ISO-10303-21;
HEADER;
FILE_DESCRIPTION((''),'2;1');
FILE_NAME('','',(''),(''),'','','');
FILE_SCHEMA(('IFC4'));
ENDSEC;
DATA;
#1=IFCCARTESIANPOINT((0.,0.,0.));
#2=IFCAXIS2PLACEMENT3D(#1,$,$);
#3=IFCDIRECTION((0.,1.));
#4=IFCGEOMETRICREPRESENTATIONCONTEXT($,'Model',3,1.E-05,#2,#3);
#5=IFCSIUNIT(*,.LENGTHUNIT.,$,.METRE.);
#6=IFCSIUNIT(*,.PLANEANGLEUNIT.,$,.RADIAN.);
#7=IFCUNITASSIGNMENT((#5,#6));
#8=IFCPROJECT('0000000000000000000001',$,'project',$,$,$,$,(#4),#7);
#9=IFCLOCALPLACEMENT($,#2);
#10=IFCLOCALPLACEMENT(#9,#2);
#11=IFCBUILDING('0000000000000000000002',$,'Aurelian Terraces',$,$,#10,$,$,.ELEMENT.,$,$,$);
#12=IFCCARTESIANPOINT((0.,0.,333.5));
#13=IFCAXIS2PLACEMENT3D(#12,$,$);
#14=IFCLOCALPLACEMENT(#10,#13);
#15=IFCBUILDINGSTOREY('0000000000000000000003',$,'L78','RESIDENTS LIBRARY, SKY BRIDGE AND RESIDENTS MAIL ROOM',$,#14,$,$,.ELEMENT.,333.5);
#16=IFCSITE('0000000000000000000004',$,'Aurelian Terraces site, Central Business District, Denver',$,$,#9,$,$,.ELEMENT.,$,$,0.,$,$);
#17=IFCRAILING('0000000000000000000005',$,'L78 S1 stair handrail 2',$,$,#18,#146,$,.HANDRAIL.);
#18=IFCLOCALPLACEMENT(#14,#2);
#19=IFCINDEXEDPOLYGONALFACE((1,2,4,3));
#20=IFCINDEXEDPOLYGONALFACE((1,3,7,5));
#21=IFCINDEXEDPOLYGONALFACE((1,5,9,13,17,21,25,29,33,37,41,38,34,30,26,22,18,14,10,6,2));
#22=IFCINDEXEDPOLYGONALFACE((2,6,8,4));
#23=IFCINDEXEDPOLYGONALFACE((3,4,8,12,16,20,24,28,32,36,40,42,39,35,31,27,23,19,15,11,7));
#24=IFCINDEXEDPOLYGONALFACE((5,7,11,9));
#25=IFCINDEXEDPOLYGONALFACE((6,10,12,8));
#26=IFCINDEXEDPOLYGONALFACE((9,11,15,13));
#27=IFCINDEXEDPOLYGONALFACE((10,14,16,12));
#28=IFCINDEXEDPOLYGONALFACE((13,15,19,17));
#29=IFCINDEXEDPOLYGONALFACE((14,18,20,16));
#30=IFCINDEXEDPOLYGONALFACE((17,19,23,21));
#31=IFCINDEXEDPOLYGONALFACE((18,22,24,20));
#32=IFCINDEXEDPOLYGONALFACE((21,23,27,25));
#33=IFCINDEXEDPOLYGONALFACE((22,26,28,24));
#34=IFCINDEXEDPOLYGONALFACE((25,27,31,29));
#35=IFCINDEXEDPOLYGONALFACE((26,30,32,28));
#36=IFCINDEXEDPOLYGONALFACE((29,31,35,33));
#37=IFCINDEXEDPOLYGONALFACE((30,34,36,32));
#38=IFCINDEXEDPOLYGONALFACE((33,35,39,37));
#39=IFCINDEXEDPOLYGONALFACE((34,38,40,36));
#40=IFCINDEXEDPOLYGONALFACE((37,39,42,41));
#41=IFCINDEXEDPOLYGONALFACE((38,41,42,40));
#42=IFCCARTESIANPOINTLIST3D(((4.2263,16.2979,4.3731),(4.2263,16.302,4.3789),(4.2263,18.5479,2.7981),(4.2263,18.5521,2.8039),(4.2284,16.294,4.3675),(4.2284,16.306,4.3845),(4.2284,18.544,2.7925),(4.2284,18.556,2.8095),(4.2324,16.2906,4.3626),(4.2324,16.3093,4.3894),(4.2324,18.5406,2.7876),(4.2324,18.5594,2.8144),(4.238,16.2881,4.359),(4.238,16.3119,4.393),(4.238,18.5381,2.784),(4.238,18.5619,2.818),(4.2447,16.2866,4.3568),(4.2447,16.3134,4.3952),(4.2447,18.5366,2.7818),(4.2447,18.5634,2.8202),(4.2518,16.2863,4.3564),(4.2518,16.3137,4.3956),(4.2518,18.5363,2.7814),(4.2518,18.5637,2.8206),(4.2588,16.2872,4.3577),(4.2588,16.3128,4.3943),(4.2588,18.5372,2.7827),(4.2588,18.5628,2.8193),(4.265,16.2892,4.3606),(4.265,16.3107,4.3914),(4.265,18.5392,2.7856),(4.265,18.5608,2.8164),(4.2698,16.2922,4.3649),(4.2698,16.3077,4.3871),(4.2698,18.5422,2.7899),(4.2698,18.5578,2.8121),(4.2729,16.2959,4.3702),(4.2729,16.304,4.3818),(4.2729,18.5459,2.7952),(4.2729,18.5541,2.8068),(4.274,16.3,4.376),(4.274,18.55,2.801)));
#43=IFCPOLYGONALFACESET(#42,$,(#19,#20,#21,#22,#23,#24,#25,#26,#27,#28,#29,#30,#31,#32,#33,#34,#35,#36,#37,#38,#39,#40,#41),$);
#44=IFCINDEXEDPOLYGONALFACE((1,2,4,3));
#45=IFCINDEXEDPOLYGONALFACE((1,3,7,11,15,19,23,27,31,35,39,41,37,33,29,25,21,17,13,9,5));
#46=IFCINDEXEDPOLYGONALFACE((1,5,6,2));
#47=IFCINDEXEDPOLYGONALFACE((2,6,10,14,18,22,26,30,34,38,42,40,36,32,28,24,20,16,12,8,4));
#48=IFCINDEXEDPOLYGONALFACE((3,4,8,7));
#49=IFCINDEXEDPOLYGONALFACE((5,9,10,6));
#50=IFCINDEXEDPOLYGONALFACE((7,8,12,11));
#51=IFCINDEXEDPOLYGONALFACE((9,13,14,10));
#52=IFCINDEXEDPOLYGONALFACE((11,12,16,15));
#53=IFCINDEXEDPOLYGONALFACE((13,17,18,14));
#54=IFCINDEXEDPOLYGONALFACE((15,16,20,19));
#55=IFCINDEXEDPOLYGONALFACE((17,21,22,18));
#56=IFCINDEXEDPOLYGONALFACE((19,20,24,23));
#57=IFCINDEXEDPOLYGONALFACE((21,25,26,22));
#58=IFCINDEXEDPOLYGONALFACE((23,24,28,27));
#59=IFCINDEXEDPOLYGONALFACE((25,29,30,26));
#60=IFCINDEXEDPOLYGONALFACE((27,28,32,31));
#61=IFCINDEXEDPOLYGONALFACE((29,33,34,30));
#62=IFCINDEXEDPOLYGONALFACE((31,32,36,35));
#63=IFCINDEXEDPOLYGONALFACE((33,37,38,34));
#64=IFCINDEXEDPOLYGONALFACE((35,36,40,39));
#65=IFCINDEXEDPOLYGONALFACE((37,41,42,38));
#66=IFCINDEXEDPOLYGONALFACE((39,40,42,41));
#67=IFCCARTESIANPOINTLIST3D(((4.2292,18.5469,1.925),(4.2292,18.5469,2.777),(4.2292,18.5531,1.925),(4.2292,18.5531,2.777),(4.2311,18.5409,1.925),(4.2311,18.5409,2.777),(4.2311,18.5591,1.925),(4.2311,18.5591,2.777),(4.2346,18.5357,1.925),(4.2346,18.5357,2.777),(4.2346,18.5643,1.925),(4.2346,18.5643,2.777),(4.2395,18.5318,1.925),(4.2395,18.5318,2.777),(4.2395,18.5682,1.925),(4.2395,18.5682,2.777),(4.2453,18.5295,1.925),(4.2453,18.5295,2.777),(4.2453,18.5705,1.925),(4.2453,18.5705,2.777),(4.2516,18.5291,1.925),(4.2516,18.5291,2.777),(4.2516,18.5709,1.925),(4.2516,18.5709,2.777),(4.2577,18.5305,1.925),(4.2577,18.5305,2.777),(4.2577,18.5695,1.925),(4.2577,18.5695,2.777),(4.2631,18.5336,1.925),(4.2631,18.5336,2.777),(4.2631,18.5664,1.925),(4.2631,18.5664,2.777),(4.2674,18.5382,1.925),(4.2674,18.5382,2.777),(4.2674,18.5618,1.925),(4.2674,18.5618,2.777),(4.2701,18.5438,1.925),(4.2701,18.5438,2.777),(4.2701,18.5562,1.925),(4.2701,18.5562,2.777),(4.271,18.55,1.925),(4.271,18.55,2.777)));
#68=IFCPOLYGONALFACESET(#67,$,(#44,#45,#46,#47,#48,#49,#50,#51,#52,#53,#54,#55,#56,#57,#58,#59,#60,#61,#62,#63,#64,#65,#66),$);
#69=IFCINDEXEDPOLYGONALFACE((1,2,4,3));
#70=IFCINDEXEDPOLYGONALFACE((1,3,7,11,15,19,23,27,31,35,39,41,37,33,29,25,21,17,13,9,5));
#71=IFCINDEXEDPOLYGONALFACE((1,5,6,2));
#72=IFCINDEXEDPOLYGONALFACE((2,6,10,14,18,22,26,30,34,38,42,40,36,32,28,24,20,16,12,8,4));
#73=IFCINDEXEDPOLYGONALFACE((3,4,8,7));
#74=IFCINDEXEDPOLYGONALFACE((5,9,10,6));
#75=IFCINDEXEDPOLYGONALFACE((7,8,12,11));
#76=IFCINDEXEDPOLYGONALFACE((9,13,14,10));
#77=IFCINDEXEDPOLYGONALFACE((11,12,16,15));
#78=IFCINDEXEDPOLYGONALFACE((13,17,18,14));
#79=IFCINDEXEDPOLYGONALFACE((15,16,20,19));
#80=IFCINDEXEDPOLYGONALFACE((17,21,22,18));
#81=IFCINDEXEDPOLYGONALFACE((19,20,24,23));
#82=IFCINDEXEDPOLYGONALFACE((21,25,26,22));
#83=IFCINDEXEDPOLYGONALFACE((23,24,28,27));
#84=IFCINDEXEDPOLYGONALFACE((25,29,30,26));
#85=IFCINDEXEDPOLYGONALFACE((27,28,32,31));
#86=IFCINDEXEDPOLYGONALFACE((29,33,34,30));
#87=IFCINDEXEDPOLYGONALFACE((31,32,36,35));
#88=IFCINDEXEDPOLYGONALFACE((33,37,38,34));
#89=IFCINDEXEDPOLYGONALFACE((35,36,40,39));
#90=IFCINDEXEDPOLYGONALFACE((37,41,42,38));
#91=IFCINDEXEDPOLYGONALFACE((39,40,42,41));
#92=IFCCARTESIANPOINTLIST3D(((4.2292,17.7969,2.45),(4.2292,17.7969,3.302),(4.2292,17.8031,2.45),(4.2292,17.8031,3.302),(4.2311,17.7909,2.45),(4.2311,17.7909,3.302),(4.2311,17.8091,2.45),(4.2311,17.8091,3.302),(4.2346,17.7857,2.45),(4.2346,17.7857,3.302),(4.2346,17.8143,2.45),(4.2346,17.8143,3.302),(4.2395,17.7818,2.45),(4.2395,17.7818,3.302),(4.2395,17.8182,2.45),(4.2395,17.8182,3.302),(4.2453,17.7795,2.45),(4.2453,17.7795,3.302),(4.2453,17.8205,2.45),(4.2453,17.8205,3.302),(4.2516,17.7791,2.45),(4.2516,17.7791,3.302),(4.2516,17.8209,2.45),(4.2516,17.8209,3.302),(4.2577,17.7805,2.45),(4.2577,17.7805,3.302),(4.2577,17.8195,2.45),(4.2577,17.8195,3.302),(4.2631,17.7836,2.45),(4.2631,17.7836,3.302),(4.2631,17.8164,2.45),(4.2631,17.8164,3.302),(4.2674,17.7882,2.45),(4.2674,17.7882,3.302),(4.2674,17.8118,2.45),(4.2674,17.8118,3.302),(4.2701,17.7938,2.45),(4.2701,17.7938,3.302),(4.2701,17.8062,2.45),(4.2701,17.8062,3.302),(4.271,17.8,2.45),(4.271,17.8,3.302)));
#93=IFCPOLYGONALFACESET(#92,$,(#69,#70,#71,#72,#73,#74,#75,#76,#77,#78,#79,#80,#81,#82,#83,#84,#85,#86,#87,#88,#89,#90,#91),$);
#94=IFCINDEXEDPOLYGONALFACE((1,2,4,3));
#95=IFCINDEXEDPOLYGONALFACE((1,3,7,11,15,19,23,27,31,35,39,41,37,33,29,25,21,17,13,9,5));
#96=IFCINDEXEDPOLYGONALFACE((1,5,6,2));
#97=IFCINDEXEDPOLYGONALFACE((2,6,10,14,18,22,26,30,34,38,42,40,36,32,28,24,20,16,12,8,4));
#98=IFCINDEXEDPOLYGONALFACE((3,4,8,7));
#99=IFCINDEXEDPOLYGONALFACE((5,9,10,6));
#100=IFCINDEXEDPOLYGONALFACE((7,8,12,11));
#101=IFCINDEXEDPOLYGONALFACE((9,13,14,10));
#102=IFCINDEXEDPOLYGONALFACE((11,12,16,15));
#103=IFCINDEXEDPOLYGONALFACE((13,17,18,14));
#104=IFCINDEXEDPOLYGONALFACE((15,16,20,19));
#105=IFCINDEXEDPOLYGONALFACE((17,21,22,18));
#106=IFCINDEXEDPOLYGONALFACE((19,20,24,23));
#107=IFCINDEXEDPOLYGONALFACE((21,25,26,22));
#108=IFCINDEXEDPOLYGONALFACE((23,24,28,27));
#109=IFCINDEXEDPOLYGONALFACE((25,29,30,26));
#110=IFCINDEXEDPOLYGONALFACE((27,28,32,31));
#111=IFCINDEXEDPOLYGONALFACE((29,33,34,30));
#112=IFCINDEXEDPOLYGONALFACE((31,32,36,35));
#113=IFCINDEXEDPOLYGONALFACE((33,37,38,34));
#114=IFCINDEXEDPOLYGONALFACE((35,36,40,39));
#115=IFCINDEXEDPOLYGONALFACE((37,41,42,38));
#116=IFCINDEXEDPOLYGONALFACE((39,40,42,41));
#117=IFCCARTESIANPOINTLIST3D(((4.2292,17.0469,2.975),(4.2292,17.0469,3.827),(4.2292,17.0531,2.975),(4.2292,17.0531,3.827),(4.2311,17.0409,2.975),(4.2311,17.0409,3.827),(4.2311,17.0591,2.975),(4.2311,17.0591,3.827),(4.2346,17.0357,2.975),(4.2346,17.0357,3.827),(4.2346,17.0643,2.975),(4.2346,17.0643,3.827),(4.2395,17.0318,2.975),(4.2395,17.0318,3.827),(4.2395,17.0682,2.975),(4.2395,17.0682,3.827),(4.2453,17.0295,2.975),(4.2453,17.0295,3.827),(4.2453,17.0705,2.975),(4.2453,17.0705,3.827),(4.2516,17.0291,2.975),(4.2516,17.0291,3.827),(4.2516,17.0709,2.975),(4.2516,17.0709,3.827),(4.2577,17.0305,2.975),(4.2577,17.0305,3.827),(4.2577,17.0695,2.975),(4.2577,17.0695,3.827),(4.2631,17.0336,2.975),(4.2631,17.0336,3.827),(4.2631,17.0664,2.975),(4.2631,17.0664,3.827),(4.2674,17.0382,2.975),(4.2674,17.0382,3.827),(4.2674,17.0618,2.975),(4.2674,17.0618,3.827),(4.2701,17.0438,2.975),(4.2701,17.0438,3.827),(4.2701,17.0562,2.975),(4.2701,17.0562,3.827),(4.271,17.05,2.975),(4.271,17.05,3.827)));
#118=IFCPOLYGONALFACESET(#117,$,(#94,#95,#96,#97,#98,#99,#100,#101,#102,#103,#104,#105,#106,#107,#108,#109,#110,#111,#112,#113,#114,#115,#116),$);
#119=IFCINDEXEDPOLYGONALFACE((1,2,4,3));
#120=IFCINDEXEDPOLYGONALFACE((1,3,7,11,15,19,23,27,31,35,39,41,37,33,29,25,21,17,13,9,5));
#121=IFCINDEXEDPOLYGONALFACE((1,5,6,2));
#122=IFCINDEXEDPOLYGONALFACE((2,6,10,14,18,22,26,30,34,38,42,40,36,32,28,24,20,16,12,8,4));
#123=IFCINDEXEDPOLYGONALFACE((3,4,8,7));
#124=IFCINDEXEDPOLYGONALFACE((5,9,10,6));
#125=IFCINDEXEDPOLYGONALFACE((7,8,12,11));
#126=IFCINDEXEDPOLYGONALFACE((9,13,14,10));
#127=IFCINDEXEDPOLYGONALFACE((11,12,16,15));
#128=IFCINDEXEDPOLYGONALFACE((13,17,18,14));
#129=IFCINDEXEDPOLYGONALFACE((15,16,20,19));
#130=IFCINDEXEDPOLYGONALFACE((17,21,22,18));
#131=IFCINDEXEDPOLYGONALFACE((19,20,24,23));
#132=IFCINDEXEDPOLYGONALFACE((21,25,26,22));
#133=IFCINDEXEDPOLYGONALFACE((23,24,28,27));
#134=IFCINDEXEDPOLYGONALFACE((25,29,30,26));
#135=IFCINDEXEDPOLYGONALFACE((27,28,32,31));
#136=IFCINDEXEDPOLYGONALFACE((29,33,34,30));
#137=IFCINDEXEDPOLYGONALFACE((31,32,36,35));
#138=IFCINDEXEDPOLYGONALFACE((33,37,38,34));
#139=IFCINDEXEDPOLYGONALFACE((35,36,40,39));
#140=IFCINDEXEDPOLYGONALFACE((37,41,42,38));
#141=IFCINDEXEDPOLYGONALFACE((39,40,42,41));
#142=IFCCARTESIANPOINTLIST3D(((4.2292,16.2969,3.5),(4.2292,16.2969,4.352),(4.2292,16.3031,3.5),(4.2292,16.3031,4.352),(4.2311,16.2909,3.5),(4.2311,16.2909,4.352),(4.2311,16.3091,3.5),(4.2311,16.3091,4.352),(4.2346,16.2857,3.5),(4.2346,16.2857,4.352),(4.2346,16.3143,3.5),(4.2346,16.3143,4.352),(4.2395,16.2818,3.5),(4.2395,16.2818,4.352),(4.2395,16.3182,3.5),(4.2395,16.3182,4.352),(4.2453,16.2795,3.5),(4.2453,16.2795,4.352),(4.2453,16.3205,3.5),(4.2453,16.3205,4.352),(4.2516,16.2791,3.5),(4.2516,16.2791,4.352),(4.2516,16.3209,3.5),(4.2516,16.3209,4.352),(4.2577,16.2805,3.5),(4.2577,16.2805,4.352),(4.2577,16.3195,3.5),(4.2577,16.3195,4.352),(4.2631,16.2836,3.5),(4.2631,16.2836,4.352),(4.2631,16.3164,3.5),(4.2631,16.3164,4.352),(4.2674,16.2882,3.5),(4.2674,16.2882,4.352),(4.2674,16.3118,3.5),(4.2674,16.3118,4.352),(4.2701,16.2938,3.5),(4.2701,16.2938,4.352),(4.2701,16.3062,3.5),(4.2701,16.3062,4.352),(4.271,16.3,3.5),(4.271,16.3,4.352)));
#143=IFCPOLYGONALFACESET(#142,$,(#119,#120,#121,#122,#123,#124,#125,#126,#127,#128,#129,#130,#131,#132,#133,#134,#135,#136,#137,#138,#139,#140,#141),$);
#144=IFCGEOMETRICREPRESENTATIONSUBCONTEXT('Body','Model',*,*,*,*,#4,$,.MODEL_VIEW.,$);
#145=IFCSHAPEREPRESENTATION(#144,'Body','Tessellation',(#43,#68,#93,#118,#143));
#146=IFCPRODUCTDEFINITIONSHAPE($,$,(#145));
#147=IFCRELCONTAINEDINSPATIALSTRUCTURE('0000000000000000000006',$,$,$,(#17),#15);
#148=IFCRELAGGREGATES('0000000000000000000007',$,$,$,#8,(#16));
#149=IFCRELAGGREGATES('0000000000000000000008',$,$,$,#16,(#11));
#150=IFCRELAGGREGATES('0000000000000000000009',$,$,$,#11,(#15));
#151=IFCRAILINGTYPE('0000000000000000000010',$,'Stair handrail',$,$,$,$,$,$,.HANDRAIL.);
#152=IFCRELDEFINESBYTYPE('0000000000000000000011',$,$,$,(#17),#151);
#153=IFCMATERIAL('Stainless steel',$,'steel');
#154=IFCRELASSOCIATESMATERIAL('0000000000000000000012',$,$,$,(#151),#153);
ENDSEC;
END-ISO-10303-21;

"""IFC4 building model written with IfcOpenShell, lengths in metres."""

from ifc_helpers import new_model, si_unit, direction, frame, origin, origin_2d, place, context, subcontext, project, spatial, circle, extrude, source, transform, mapped, material, type_object, element, save


model = new_model("IFC4")

# Units and contexts
model_context = context("Model", 3, precision=1e-05, world=origin(), true_north=direction((0.0, 1.0)))
body_context = subcontext(model_context, "Body", "Model", "MODEL_VIEW")
ifc_project = project(units=[si_unit("LENGTHUNIT", "METRE"), si_unit("PLANEANGLEUNIT", "RADIAN")], contexts=[model_context])

# Site, building, storey
site_placement = place(None, origin())
site = spatial("IfcSite", under=ifc_project, at=site_placement, Name="Aurelian Terraces site, Central Business District, Denver", CompositionType="ELEMENT", RefElevation=0.0)
building_placement = place(site_placement, origin())
building = spatial("IfcBuilding", under=site, at=building_placement, Name="Aurelian Terraces", CompositionType="ELEMENT")
storey_placement = place(building_placement, frame((0.0, 0.0, 333.5)))
storey = spatial("IfcBuildingStorey", under=building, at=storey_placement, Name="L78", Description="RESIDENTS LIBRARY, SKY BRIDGE AND RESIDENTS MAIL ROOM", CompositionType="ELEMENT", Elevation=333.5)

# Railing
ifc_material_1 = material(Name="Stainless steel", Category="steel")
railing_type_1 = type_object("IfcRailingType", Name="Stair handrail", PredefinedType="HANDRAIL", material=ifc_material_1)
shared_shape_1 = source(origin(), body_context, "Body", "SweptSolid", [
    extrude(circle(Radius=0.024, at=origin_2d()), frame((0.0, 0.0, 0.876), z_axis=(0.0, -0.819232, 0.573462), x_axis=(1.0, 0.0, 0.0)), (0.0, 0.0, 1.0), 2.7465),
    extrude(circle(Radius=0.021, at=origin_2d()), origin(), (0.0, 0.0, 1.0), 0.852),
    extrude(circle(Radius=0.021, at=origin_2d()), frame((0.0, -0.75, 0.525)), (0.0, 0.0, 1.0), 0.852),
    extrude(circle(Radius=0.021, at=origin_2d()), frame((0.0, -1.5, 1.05)), (0.0, 0.0, 1.0), 0.852),
    extrude(circle(Radius=0.021, at=origin_2d()), frame((0.0, -2.25, 1.575)), (0.0, 0.0, 1.0), 0.852),
])
railing_1_placement = place(storey_placement, frame((4.25, 18.55, 1.925)))
element("IfcRailing", 1, at=railing_1_placement, inside=storey, type_object=railing_type_1, Name="L78 S1 stair handrail 2", PredefinedType="HANDRAIL", context=body_context, shape_type="MappedRepresentation", body=[
    mapped(shared_shape_1, transform((0.0, 0.0, 0.0), scale=1.0)),
])

save(model, "model.ifc")
